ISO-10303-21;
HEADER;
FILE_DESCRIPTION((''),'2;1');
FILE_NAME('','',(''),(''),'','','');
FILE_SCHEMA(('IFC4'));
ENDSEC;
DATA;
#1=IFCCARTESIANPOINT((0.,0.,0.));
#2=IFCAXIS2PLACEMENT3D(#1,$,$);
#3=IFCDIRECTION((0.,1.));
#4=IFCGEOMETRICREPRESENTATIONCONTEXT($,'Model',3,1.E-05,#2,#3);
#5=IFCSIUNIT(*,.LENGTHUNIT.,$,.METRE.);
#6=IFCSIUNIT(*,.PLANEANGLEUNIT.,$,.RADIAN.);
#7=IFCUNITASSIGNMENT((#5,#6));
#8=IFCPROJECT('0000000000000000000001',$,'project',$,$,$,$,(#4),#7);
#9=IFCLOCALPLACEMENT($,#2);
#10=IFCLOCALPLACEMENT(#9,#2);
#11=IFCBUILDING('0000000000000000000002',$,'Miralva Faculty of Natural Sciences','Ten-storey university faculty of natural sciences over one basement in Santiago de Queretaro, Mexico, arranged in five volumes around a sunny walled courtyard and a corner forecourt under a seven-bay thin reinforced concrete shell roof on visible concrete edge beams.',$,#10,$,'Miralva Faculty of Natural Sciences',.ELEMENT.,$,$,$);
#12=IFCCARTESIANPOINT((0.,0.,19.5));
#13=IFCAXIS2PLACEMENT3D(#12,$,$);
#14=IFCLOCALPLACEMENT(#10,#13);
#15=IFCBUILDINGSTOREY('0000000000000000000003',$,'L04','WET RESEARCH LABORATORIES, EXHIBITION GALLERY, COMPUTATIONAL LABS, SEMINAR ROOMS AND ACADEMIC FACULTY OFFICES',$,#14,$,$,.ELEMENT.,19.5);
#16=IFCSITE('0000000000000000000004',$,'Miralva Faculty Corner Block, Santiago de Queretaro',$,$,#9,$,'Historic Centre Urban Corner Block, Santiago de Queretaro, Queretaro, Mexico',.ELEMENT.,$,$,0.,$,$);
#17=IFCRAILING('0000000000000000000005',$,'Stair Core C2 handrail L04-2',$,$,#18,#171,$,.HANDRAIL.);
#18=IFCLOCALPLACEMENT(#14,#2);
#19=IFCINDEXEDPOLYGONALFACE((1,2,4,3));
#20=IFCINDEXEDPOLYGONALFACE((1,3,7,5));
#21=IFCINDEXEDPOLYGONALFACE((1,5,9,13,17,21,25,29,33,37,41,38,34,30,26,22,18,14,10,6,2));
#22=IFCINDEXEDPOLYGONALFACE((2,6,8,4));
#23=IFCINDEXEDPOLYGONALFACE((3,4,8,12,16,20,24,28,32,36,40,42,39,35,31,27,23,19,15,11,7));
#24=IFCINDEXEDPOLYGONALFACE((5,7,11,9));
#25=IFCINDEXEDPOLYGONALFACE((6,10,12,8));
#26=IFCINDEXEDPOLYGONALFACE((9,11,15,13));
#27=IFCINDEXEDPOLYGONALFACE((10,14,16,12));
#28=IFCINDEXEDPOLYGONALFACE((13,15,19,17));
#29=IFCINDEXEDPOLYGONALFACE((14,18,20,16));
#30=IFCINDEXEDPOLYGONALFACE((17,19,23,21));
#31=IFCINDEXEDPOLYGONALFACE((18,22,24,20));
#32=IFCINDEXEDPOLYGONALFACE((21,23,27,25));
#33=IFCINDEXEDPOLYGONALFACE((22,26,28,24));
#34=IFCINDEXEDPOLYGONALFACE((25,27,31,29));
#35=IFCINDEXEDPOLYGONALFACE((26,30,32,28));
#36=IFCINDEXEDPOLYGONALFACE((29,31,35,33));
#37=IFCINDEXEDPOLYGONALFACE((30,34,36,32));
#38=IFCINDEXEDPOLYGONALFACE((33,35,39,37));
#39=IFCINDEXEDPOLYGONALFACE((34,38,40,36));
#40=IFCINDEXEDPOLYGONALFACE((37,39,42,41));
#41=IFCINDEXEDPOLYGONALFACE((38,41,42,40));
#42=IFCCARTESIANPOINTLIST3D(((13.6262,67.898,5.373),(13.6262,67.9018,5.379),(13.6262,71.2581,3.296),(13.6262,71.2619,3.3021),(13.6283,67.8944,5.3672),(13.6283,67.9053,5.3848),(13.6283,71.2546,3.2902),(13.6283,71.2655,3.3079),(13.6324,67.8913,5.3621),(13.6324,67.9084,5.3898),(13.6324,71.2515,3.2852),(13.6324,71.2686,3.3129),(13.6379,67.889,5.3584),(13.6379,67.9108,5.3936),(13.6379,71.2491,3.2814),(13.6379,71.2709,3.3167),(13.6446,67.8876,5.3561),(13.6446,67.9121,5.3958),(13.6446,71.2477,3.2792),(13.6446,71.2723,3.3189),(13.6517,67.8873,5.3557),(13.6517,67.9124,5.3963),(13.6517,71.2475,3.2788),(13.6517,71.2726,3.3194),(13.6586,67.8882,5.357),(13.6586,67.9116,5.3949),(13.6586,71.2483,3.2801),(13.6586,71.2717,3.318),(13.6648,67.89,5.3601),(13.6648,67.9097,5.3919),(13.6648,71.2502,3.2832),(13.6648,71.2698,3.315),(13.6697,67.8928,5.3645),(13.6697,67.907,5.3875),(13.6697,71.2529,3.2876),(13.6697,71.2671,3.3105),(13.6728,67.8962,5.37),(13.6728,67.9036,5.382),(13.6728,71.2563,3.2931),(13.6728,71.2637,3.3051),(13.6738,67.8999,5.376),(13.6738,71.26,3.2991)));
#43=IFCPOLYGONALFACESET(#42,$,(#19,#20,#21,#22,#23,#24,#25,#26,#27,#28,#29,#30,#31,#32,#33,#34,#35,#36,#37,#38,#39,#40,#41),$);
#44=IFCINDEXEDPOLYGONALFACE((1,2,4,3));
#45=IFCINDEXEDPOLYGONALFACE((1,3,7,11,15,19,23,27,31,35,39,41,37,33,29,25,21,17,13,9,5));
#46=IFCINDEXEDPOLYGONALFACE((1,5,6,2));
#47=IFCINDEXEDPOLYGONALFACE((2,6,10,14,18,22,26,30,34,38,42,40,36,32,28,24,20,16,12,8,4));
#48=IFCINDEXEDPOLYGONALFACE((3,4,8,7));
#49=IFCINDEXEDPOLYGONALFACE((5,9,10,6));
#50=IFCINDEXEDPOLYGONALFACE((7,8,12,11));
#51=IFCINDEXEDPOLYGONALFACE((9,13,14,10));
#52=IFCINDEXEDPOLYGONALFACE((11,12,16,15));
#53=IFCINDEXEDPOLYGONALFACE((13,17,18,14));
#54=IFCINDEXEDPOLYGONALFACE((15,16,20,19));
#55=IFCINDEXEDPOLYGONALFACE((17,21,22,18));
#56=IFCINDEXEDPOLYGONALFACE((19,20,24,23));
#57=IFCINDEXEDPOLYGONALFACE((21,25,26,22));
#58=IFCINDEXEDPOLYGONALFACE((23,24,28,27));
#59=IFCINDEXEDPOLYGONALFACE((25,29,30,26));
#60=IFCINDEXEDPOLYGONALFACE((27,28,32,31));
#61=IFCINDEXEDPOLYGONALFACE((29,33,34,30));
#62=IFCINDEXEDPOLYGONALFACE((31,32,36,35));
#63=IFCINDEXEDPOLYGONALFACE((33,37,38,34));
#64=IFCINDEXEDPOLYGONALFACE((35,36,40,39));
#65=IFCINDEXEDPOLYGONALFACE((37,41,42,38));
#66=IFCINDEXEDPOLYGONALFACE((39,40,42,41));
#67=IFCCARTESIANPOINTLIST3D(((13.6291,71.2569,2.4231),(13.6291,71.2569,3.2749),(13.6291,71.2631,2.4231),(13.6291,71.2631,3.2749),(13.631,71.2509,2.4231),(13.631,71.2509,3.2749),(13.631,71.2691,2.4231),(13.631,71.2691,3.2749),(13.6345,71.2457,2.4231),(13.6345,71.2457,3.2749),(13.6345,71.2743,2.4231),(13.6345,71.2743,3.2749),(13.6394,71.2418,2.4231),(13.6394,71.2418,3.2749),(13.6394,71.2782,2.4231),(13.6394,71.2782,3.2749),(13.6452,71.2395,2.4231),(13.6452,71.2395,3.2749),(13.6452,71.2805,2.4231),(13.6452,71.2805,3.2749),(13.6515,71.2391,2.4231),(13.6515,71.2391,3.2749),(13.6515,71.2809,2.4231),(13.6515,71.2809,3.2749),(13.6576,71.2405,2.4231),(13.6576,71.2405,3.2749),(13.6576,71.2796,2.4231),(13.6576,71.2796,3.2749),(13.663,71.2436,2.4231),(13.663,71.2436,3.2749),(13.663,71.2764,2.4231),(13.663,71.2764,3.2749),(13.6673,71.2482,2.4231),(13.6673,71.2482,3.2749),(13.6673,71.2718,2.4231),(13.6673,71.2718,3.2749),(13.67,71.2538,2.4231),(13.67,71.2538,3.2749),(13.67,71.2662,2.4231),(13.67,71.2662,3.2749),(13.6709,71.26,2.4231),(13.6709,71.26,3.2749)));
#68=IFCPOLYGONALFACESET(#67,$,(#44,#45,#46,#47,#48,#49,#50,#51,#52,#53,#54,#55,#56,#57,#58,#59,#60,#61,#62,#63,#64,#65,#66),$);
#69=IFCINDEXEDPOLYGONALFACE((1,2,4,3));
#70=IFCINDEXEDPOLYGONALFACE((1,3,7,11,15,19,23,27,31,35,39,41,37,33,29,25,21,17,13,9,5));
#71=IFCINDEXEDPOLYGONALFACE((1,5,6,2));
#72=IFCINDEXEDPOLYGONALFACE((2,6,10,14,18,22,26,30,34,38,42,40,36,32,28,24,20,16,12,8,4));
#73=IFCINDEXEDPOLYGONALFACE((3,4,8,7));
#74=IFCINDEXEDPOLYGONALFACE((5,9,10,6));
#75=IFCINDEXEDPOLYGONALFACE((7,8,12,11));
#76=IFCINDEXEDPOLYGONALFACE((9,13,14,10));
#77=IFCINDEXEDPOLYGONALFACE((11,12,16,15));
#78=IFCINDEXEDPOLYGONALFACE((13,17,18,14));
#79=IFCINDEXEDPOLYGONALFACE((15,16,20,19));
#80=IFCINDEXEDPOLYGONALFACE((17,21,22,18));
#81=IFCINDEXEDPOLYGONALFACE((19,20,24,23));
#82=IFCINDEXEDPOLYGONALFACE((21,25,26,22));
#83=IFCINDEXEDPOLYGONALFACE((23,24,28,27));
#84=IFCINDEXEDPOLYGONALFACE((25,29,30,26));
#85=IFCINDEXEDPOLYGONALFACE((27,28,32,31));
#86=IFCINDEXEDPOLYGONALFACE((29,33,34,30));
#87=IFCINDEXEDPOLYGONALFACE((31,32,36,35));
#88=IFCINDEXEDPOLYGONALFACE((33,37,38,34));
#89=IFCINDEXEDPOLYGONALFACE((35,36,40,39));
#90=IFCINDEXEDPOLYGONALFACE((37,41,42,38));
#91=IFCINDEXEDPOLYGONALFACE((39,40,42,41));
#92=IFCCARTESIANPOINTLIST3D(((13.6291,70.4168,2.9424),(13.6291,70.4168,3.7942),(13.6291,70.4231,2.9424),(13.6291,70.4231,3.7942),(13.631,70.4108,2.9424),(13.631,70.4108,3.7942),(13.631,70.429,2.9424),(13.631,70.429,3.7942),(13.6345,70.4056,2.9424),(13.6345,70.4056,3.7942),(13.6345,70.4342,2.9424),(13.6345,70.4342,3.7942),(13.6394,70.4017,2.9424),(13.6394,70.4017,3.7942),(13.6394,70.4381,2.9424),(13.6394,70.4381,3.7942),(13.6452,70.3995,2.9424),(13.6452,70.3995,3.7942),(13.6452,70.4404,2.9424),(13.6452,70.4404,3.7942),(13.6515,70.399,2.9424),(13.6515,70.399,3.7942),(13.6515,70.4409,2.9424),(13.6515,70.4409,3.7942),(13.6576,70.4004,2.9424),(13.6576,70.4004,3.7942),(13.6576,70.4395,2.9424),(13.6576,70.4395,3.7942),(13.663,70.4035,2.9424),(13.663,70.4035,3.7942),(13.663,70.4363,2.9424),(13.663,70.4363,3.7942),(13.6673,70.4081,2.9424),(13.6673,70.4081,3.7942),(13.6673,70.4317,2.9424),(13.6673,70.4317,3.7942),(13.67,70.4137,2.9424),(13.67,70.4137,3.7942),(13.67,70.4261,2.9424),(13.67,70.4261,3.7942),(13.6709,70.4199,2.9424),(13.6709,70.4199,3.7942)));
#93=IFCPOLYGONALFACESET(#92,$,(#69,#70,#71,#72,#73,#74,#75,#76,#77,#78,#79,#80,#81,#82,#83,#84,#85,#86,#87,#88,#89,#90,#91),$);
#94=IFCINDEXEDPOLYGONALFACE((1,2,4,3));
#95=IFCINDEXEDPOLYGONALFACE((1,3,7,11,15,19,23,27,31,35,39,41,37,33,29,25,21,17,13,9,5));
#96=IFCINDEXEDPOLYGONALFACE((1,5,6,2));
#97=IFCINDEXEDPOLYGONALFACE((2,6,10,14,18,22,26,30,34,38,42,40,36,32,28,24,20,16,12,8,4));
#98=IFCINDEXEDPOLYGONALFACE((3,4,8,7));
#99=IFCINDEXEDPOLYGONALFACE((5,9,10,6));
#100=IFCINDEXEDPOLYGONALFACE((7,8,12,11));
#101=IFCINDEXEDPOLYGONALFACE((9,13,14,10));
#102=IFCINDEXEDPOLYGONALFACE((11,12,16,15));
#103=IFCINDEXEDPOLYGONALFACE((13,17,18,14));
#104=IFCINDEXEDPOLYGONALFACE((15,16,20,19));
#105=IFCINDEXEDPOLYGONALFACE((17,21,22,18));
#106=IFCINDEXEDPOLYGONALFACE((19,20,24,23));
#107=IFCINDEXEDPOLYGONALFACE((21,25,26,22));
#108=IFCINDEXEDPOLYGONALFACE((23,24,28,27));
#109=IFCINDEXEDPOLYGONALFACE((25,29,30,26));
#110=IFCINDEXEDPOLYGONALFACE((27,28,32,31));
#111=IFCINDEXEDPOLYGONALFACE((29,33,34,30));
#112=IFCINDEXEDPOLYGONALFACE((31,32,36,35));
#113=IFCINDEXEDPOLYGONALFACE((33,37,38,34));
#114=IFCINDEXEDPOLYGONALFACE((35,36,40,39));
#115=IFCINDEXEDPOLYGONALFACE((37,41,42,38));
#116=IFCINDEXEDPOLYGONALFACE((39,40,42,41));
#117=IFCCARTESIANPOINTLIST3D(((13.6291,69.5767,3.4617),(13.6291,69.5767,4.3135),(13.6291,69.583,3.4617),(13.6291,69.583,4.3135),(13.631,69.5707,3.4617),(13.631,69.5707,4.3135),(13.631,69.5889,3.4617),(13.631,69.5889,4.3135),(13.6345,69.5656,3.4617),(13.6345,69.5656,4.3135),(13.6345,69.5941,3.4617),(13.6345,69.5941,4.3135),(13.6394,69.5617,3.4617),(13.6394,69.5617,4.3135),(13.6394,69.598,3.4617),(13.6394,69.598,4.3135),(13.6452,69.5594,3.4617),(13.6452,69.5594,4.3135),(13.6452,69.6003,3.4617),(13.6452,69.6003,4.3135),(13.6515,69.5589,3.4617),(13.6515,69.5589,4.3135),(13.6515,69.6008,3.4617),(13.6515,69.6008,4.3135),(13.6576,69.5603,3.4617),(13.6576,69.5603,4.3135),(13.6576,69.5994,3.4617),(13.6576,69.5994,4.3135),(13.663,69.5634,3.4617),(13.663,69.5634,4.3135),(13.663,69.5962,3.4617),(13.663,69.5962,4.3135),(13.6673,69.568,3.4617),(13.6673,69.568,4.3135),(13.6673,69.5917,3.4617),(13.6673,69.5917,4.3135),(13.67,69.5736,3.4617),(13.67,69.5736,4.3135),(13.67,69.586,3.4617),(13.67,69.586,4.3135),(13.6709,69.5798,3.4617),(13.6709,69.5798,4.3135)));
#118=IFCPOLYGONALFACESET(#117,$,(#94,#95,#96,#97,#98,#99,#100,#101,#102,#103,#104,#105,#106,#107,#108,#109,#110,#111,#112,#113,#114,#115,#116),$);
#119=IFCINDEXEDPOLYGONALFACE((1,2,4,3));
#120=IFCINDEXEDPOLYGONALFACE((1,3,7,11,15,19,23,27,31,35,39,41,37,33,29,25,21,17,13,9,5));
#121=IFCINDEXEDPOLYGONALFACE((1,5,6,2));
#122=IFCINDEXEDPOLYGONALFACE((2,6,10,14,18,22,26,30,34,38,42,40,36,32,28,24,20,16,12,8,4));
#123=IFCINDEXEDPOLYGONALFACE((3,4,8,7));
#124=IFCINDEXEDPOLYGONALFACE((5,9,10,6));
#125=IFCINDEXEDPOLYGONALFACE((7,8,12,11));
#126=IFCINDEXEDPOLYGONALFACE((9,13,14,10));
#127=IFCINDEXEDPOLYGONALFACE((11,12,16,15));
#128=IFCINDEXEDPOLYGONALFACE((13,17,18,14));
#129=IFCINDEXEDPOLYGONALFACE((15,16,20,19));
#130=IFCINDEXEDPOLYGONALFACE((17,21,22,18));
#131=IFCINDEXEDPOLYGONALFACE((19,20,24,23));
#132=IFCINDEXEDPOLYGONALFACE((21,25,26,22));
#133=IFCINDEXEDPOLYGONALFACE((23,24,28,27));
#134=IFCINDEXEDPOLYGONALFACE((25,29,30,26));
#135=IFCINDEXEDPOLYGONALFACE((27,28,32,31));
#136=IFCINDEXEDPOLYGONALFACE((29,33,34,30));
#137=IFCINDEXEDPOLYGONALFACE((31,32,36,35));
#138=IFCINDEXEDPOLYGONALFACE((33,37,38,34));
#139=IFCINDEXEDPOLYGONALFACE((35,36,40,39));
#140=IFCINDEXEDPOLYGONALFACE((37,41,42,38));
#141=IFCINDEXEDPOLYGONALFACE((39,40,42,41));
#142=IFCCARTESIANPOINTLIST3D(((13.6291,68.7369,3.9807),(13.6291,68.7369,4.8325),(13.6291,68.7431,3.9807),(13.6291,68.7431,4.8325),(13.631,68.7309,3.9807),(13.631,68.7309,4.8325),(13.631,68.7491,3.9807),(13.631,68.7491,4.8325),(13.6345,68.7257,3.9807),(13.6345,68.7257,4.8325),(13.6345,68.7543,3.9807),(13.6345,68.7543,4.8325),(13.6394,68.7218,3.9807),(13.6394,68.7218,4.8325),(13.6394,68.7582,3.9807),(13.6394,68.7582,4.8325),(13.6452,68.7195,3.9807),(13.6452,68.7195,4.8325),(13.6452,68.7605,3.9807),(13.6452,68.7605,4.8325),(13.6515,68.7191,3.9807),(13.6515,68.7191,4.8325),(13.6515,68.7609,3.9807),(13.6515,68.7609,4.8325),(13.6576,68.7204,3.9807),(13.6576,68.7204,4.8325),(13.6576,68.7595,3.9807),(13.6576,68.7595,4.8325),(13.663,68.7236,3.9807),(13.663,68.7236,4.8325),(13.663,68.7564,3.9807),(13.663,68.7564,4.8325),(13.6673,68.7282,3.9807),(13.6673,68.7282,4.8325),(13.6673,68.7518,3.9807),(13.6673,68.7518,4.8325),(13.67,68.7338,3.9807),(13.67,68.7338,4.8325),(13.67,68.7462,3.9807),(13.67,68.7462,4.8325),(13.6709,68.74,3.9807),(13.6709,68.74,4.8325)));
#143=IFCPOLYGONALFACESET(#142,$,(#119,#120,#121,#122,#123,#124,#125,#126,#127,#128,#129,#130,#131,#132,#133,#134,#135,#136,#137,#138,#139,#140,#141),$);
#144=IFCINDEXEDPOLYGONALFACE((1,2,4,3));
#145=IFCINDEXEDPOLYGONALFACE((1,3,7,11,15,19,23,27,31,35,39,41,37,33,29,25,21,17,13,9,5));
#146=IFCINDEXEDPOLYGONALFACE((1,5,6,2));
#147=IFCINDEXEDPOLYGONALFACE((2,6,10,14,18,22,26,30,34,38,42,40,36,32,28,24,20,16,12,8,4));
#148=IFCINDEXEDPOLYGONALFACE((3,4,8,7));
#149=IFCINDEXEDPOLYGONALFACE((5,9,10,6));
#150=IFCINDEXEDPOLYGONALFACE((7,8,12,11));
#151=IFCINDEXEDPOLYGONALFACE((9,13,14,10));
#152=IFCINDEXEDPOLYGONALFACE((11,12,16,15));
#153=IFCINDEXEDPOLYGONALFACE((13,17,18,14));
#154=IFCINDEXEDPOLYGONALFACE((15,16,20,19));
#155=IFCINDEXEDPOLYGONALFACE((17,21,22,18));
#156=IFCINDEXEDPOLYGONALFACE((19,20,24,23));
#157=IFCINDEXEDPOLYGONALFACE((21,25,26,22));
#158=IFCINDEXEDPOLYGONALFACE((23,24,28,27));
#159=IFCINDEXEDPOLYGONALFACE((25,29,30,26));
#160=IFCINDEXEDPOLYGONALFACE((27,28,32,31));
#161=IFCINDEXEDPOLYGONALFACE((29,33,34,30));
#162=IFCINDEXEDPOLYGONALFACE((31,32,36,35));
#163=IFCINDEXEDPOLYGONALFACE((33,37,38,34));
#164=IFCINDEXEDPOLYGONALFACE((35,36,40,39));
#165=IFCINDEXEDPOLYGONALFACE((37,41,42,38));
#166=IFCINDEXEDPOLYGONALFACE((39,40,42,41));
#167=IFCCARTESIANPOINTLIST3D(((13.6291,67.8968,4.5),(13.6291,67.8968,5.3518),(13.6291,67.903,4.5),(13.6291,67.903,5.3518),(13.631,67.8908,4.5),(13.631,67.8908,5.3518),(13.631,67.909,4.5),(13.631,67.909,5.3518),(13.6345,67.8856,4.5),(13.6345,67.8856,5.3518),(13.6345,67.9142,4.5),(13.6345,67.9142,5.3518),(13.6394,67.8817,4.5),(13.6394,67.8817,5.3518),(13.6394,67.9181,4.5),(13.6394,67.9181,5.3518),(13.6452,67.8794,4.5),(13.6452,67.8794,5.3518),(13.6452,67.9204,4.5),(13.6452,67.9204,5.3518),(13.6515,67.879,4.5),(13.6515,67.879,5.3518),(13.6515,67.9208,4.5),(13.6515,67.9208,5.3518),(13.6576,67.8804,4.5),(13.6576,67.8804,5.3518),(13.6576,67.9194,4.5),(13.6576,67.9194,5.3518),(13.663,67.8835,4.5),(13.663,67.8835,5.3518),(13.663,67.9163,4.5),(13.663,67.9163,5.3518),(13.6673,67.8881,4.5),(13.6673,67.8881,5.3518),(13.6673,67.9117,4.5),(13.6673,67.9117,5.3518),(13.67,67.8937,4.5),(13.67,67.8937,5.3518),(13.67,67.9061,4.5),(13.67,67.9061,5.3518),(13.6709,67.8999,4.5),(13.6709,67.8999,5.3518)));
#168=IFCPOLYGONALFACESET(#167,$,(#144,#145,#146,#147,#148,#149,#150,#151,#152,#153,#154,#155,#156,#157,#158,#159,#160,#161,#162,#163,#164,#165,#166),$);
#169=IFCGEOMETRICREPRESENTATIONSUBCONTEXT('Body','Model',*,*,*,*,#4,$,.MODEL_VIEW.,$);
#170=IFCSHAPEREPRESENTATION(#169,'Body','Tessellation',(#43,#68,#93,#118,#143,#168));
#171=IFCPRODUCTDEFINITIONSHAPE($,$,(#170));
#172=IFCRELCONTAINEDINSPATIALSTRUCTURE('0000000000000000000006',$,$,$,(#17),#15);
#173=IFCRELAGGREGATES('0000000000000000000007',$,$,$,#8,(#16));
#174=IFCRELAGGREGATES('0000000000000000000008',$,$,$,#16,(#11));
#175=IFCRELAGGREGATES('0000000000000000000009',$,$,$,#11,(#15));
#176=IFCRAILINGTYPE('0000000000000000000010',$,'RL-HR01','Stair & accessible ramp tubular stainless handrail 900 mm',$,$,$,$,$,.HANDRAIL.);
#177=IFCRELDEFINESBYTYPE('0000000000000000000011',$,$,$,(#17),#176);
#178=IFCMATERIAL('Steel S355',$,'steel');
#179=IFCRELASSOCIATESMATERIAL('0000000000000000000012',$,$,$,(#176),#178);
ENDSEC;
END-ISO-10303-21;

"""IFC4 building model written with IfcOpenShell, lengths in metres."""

from ifc_helpers import new_model, si_unit, direction, frame, origin, origin_2d, place, context, subcontext, project, spatial, circle, extrude, material, type_object, element, save


model = new_model("IFC4")

# Units and contexts
model_context = context("Model", 3, precision=1e-05, world=origin(), true_north=direction((0.0, 1.0)))
body_context = subcontext(model_context, "Body", "Model", "MODEL_VIEW")
ifc_project = project(units=[si_unit("LENGTHUNIT", "METRE"), si_unit("PLANEANGLEUNIT", "RADIAN")], contexts=[model_context])

# Site, building, storey
site_placement = place(None, origin())
site = spatial("IfcSite", under=ifc_project, at=site_placement, Name="Miralva Faculty Corner Block, Santiago de Queretaro", LongName="Historic Centre Urban Corner Block, Santiago de Queretaro, Queretaro, Mexico", CompositionType="ELEMENT", RefElevation=0.0)
building_placement = place(site_placement, origin())
building = spatial("IfcBuilding", under=site, at=building_placement, Name="Miralva Faculty of Natural Sciences", Description="Ten-storey university faculty of natural sciences over one basement in Santiago de Queretaro, Mexico, arranged in five volumes around a sunny walled courtyard and a corner forecourt under a seven-bay thin reinforced concrete shell roof on visible concrete edge beams.", LongName="Miralva Faculty of Natural Sciences", CompositionType="ELEMENT")
storey_placement = place(building_placement, frame((0.0, 0.0, 19.5)))
storey = spatial("IfcBuildingStorey", under=building, at=storey_placement, Name="L04", Description="WET RESEARCH LABORATORIES, EXHIBITION GALLERY, COMPUTATIONAL LABS, SEMINAR ROOMS AND ACADEMIC FACULTY OFFICES", CompositionType="ELEMENT", Elevation=19.5)

# Railing
ifc_material_1 = material(Name="Steel S355", Category="steel")
railing_type_1 = type_object("IfcRailingType", Name="RL-HR01", Description="Stair & accessible ramp tubular stainless handrail 900 mm", PredefinedType="HANDRAIL", material=ifc_material_1)
railing_1_placement = place(storey_placement, frame((13.6499, 71.26, 2.4231)))
element("IfcRailing", 1, at=railing_1_placement, inside=storey, type_object=railing_type_1, Name="Stair Core C2 handrail L04-2", PredefinedType="HANDRAIL", context=body_context, shape_type="SweptSolid", body=[
    extrude(circle(Radius=0.0239, at=origin_2d()), frame((0.0, 0.0, 0.876), z_axis=(0.0, -0.850623, 0.525776), x_axis=(1.0, 0.0, 0.0)), (0.0, 0.0, 1.0), 3.9502),
    extrude(circle(Radius=0.021, at=origin_2d()), origin(), (0.0, 0.0, 1.0), 0.8518),
    extrude(circle(Radius=0.021, at=origin_2d()), frame((0.0, -0.8401, 0.5193)), (0.0, 0.0, 1.0), 0.8518),
    extrude(circle(Radius=0.021, at=origin_2d()), frame((0.0, -1.6802, 1.0386)), (0.0, 0.0, 1.0), 0.8518),
    extrude(circle(Radius=0.021, at=origin_2d()), frame((0.0, -2.52, 1.5576)), (0.0, 0.0, 1.0), 0.8518),
    extrude(circle(Radius=0.021, at=origin_2d()), frame((0.0, -3.3601, 2.0769)), (0.0, 0.0, 1.0), 0.8518),
])

save(model, "model.ifc")
